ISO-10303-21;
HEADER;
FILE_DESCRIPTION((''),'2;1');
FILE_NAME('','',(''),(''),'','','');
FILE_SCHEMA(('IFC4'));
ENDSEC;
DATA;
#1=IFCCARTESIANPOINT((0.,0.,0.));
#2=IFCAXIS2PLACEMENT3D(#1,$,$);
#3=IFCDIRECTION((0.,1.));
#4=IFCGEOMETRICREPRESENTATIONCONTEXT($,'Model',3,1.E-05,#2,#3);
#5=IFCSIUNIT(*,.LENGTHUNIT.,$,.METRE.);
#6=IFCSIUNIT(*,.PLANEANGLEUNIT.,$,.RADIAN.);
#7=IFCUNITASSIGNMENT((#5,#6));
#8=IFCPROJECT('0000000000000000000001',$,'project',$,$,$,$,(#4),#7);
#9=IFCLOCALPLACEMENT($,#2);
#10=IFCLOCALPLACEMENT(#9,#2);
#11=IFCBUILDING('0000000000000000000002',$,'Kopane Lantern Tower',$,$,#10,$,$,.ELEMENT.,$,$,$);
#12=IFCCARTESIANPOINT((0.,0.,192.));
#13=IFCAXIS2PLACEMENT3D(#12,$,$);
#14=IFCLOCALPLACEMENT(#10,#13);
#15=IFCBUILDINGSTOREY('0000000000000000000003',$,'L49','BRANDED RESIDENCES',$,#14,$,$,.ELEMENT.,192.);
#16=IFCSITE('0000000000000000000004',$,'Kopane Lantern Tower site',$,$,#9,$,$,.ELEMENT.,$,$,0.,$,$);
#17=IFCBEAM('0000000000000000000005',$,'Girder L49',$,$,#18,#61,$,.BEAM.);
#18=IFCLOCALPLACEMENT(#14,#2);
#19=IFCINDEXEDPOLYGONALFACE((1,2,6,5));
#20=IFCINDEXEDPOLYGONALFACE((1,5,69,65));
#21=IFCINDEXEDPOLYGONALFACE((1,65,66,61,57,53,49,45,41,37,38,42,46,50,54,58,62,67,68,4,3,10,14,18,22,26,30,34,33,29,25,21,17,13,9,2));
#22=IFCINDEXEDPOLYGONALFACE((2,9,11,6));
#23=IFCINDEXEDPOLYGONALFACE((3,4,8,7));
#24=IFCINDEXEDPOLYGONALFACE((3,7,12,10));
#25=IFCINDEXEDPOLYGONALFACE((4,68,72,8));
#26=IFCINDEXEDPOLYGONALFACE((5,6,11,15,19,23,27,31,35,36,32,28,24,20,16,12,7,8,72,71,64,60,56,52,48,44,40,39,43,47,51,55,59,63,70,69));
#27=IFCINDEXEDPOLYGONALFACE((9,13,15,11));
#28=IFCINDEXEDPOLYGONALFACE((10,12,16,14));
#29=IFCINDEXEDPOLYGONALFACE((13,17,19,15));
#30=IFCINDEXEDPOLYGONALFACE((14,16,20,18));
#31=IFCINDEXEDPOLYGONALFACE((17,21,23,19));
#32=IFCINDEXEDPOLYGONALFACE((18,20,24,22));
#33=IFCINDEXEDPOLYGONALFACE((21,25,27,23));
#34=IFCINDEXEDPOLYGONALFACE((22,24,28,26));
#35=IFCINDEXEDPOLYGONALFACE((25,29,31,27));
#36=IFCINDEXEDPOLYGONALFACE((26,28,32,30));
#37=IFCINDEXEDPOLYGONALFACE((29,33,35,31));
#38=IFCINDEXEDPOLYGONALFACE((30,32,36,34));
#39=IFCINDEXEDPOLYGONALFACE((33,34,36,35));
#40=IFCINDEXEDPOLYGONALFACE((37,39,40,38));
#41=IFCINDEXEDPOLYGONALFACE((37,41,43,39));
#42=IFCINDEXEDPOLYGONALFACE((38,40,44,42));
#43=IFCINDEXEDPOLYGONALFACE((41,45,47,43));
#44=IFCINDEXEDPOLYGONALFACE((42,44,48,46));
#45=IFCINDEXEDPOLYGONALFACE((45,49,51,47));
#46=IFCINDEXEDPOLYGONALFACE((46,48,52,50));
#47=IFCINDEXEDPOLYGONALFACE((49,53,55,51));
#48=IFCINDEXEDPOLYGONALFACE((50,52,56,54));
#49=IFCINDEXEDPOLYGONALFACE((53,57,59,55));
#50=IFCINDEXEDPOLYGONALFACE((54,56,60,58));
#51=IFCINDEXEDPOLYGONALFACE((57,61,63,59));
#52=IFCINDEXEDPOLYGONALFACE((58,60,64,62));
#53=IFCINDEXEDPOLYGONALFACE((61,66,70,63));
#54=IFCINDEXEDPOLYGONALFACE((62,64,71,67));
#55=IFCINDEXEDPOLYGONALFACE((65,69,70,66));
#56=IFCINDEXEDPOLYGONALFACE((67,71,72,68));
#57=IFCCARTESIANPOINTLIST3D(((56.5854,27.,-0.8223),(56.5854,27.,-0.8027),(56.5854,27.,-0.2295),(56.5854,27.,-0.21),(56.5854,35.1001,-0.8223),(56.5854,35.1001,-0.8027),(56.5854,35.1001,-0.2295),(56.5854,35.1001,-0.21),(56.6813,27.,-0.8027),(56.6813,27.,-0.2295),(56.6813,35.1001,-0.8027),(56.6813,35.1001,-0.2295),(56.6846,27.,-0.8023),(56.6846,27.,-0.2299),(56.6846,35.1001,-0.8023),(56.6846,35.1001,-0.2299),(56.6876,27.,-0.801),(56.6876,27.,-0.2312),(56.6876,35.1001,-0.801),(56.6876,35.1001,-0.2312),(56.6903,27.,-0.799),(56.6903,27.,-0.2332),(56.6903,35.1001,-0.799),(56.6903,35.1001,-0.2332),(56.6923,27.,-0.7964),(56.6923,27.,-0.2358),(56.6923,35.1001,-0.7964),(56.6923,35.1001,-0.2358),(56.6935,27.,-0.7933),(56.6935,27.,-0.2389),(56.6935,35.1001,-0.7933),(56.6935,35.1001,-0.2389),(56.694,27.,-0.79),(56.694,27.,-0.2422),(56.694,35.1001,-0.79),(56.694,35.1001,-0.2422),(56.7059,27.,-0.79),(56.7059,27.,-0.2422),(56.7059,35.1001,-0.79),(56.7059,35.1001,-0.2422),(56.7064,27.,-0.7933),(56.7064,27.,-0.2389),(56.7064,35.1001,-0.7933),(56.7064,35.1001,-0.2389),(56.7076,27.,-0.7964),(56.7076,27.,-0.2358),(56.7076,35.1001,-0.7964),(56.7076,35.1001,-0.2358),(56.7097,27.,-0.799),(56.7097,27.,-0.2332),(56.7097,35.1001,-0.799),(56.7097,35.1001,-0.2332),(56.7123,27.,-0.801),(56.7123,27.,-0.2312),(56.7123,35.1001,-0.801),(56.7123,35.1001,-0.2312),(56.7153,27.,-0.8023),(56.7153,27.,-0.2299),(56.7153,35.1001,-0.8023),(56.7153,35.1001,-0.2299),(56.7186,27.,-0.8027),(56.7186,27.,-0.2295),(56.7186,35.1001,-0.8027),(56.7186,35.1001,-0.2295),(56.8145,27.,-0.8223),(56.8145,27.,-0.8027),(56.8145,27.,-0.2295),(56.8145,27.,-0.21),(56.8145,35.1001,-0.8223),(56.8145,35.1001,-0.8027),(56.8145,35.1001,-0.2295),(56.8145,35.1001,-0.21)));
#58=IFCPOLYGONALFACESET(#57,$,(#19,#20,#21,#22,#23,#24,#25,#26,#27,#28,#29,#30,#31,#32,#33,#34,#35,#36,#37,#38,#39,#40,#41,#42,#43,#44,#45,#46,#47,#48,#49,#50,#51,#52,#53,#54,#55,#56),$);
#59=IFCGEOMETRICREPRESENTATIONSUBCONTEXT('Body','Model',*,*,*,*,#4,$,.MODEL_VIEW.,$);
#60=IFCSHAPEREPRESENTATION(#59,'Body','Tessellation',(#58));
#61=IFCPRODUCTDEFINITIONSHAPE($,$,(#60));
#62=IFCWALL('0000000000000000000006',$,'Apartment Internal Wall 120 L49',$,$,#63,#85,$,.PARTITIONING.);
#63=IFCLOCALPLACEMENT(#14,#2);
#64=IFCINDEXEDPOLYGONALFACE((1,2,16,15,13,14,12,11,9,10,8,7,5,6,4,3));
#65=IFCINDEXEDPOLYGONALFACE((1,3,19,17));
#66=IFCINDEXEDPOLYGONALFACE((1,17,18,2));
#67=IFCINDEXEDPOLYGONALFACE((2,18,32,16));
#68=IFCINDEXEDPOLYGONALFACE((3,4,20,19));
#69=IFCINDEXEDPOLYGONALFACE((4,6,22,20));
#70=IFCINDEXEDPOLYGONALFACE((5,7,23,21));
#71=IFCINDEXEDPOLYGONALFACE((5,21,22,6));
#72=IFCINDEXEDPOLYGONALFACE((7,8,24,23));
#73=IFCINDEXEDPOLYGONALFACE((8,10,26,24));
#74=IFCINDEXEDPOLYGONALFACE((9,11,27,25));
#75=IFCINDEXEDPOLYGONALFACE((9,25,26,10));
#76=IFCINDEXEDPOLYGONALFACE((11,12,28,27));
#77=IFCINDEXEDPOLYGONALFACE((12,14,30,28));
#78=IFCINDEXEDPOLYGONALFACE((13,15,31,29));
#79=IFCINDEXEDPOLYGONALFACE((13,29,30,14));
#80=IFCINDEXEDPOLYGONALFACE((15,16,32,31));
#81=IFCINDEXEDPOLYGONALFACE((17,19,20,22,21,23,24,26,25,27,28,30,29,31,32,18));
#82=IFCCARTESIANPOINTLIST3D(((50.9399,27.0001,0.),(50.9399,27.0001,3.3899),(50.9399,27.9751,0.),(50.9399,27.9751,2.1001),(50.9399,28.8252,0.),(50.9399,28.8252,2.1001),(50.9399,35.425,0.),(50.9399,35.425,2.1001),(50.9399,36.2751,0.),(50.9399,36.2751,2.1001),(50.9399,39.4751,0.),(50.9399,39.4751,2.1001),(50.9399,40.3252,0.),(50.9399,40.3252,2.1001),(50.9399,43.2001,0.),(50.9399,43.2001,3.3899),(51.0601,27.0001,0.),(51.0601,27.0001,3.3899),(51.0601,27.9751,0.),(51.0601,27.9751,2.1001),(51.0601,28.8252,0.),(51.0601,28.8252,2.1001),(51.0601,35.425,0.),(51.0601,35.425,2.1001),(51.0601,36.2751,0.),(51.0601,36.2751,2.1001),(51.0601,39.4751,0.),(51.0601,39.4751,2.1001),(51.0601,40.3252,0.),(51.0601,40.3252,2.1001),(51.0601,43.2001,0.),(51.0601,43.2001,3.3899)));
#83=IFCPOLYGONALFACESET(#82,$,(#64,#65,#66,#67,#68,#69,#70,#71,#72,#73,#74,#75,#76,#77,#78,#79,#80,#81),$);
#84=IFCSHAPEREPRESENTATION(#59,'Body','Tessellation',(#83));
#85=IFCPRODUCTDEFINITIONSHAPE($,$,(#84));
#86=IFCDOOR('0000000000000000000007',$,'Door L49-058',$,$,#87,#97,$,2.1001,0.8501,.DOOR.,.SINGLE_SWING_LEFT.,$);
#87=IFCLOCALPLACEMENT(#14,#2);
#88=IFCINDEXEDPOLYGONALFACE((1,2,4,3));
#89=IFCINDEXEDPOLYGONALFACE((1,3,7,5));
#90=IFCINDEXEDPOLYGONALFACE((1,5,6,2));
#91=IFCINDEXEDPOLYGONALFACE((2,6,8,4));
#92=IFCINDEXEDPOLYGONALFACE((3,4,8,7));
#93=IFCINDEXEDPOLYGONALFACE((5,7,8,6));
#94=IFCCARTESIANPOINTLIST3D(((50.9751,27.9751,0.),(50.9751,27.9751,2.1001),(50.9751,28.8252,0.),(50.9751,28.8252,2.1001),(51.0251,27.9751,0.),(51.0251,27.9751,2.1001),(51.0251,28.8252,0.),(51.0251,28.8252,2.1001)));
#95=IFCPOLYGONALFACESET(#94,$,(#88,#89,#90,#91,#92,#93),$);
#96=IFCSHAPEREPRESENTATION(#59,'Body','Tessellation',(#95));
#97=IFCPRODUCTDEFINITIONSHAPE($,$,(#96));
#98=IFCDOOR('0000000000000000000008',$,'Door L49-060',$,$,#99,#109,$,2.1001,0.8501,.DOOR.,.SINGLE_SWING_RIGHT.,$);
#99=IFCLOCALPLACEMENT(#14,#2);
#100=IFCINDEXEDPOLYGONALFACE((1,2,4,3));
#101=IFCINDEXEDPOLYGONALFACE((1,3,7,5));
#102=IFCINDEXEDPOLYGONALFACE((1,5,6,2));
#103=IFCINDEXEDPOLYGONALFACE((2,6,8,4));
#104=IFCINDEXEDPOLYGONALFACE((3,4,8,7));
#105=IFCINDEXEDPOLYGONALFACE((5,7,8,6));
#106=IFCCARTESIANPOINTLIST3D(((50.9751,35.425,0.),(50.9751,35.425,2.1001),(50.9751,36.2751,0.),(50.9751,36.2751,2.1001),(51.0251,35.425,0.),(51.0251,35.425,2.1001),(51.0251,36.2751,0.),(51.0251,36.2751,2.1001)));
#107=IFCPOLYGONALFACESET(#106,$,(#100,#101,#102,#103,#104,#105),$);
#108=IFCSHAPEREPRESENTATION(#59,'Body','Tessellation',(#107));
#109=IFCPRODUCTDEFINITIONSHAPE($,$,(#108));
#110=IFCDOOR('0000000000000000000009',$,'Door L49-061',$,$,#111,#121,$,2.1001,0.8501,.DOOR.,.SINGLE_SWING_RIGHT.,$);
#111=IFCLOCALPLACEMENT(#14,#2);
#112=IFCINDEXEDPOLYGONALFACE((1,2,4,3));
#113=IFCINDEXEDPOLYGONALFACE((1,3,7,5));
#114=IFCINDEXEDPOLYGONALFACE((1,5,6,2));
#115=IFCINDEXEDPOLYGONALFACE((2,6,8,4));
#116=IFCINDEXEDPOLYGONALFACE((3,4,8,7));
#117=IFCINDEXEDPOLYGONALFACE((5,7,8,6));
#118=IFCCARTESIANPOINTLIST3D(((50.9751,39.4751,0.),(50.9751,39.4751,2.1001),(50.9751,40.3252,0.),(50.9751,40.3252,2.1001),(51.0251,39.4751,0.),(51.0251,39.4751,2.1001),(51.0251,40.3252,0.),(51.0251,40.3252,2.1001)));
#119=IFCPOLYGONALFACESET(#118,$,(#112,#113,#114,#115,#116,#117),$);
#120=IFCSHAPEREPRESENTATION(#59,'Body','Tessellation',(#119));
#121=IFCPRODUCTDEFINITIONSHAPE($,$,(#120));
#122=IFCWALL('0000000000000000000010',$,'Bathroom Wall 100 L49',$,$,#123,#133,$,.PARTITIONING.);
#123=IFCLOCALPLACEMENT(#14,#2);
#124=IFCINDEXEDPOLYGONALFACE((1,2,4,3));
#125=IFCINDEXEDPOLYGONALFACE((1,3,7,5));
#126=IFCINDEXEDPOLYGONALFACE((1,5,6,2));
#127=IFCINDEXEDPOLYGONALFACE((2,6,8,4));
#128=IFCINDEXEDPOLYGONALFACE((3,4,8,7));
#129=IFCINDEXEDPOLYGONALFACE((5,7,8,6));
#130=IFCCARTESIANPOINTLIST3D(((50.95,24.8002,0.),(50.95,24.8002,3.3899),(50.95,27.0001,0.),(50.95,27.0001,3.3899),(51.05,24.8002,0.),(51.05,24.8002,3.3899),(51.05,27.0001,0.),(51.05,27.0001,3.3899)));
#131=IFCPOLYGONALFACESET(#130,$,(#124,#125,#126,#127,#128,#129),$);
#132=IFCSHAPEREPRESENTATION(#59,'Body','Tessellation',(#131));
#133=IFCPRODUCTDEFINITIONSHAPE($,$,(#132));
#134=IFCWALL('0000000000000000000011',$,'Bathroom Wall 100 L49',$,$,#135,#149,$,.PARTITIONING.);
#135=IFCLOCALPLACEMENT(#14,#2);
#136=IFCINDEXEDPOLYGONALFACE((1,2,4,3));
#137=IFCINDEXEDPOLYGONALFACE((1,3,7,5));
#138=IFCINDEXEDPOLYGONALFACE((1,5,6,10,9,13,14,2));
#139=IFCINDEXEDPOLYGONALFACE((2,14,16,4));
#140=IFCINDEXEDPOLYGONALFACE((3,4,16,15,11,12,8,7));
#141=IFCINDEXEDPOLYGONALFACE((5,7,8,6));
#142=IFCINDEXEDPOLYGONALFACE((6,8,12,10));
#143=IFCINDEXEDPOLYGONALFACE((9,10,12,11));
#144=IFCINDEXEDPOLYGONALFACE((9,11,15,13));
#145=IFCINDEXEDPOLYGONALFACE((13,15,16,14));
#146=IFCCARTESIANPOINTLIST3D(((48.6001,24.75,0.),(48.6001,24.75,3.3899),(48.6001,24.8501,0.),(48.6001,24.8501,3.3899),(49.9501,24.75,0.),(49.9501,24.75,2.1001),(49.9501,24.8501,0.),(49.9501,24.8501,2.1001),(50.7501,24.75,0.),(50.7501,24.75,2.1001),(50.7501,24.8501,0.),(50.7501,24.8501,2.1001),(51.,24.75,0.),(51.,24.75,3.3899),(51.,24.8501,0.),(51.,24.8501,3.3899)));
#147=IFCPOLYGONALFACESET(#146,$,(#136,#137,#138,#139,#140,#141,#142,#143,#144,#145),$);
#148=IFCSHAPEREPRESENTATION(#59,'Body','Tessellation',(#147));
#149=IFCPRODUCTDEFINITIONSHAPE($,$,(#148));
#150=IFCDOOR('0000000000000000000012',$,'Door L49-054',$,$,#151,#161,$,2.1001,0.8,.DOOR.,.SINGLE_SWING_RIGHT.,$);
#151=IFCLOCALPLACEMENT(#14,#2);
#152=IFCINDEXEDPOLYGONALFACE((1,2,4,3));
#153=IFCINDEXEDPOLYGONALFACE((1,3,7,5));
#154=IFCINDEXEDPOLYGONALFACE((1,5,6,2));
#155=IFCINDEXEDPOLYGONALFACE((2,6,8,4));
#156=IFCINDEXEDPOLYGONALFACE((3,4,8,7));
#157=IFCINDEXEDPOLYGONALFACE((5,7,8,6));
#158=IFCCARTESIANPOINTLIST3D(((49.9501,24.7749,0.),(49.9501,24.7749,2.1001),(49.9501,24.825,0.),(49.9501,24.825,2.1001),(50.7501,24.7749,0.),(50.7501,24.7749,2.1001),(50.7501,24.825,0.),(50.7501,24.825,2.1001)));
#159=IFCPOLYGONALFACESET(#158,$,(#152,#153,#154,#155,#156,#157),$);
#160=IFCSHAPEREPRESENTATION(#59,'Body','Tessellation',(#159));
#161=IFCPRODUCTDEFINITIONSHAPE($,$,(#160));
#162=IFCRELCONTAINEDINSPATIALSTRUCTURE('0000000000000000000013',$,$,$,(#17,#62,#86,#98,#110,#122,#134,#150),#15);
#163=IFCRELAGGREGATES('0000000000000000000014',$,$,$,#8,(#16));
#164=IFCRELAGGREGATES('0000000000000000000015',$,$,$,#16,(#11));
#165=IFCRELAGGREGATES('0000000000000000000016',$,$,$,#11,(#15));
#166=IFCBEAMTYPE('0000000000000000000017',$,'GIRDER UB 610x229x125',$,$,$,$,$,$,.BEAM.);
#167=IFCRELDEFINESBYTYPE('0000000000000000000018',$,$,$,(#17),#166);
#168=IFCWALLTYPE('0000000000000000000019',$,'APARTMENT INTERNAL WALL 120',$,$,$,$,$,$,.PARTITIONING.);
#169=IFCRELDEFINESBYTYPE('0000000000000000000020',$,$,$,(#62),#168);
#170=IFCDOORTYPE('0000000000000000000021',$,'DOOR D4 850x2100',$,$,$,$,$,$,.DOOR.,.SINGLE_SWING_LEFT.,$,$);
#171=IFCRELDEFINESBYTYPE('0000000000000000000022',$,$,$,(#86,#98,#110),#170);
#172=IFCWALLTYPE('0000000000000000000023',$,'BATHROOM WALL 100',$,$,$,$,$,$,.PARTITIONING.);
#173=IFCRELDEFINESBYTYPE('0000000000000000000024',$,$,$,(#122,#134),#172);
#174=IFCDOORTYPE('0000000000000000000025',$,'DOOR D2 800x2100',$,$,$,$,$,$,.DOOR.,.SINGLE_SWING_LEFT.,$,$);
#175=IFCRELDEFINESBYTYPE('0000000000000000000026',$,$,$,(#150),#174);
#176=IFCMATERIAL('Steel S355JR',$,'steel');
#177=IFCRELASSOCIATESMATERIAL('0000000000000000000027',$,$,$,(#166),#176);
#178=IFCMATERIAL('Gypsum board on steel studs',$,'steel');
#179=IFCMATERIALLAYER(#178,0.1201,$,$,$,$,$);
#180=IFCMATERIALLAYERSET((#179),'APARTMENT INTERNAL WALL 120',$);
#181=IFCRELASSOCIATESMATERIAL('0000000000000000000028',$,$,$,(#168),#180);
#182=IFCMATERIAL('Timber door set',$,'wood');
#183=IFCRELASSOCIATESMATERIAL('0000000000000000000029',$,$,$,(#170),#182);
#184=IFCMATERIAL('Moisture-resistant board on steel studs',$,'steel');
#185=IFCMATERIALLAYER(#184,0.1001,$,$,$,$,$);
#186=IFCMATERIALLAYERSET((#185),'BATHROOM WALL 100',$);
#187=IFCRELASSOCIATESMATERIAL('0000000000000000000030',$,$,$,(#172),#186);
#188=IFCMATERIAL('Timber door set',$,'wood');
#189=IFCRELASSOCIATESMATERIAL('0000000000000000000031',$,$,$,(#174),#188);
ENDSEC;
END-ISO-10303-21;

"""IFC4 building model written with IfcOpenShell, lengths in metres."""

from ifc_helpers import new_model, si_unit, direction, frame, frame_2d, origin, origin_2d, place, context, subcontext, project, spatial, rectangle, i_section, extrude, material, layer, layer_set, material_profile, profile_set, type_object, element, fill, save


model = new_model("IFC4")

# Units and contexts
model_context = context("Model", 3, precision=1e-05, world=origin(), true_north=direction((0.0, 1.0)))
body_context = subcontext(model_context, "Body", "Model", "MODEL_VIEW")
ifc_project = project(units=[si_unit("LENGTHUNIT", "METRE"), si_unit("PLANEANGLEUNIT", "RADIAN")], contexts=[model_context])

# Site, building, storey
site_placement = place(None, origin())
site = spatial("IfcSite", under=ifc_project, at=site_placement, Name="Kopane Lantern Tower site", CompositionType="ELEMENT", RefElevation=0.0)
building_placement = place(site_placement, origin())
building = spatial("IfcBuilding", under=site, at=building_placement, Name="Kopane Lantern Tower", CompositionType="ELEMENT")
storey_placement = place(building_placement, frame((0.0, 0.0, 192.0)))
storey = spatial("IfcBuildingStorey", under=building, at=storey_placement, Name="L49", Description="BRANDED RESIDENCES", CompositionType="ELEMENT", Elevation=192.0)

# Beam
ifc_material_1 = material(Name="Steel S355JR", Category="steel")
ifc_material_profile_1 = material_profile(ifc_material_1, i_section(OverallWidth=0.229, OverallDepth=0.6123, WebThickness=0.012, FlangeThickness=0.0195, FilletRadius=0.0127, at=origin_2d()), Name="UB 610x229x125")
ifc_profile_set_1 = profile_set([ifc_material_profile_1], Name="Steel S355JR")
beam_type = type_object("IfcBeamType", Name="GIRDER UB 610x229x125", PredefinedType="BEAM", material=ifc_profile_set_1)
beam_1_placement = place(storey_placement, frame((56.7, 27.0, -0.5161), z_axis=(0.0, 1.0, 0.0), x_axis=(-1.0, 0.0, 0.0)))
element("IfcBeam", 1, at=beam_1_placement, inside=storey, type_object=beam_type, Name="Girder L49", PredefinedType="BEAM", context=body_context, shape_type="SweptSolid", body=[
    extrude(i_section(OverallWidth=0.229, OverallDepth=0.6123, WebThickness=0.012, FlangeThickness=0.0195, FilletRadius=0.0127, at=origin_2d()), origin(), (0.0, 0.0, 1.0), 8.1001),
])

# Wall, openings, doors
ifc_material_2 = material(Name="Gypsum board on steel studs", Category="steel")
ifc_layer_1 = layer(ifc_material_2, 0.1201)
ifc_layer_set_1 = layer_set([ifc_layer_1], Name="APARTMENT INTERNAL WALL 120")
wall_type_1 = type_object("IfcWallType", Name="APARTMENT INTERNAL WALL 120", PredefinedType="PARTITIONING", material=ifc_layer_set_1)
wall_1_placement = place(storey_placement, frame((51.0, 27.0, 0.0), z_axis=(0.0, 0.0, 1.0), x_axis=(0.0, 1.0, 0.0)))
wall_1 = element("IfcWall", 2, at=wall_1_placement, inside=storey, type_object=wall_type_1, Name="Apartment Internal Wall 120 L49", PredefinedType="PARTITIONING", context=body_context, shape_type="SweptSolid", body=[
    extrude(rectangle(XDim=16.2, YDim=0.1201, at=frame_2d((8.1001, 0.0))), origin(), (0.0, 0.0, 1.0), 3.3899),
])
opening_1_placement = place(wall_1_placement, frame((0.9751, 0.0, 0.0)))
opening_1 = element("IfcOpeningElement", 3, at=opening_1_placement, cuts=wall_1, PredefinedType="OPENING", context=body_context, shape_type="SweptSolid", body=[
    extrude(rectangle(XDim=0.8501, YDim=2.1001, at=frame_2d((0.425, 1.05))), frame((0.0, 0.0701, 0.0), z_axis=(0.0, -1.0, 0.0), x_axis=(1.0, 0.0, 0.0)), (0.0, 0.0, 1.0), 0.1401),
])
opening_2_placement = place(wall_1_placement, frame((8.425, 0.0, 0.0)))
opening_2 = element("IfcOpeningElement", 4, at=opening_2_placement, cuts=wall_1, PredefinedType="OPENING", context=body_context, shape_type="SweptSolid", body=[
    extrude(rectangle(XDim=0.8501, YDim=2.1001, at=frame_2d((0.425, 1.05))), frame((0.0, 0.0701, 0.0), z_axis=(0.0, -1.0, 0.0), x_axis=(1.0, 0.0, 0.0)), (0.0, 0.0, 1.0), 0.1401),
])
opening_3_placement = place(wall_1_placement, frame((12.4751, 0.0, 0.0)))
opening_3 = element("IfcOpeningElement", 5, at=opening_3_placement, cuts=wall_1, PredefinedType="OPENING", context=body_context, shape_type="SweptSolid", body=[
    extrude(rectangle(XDim=0.8501, YDim=2.1001, at=frame_2d((0.425, 1.05))), frame((0.0, 0.0701, 0.0), z_axis=(0.0, -1.0, 0.0), x_axis=(1.0, 0.0, 0.0)), (0.0, 0.0, 1.0), 0.1401),
])
ifc_material_3 = material(Name="Timber door set", Category="wood")
door_type_1 = type_object("IfcDoorType", Name="DOOR D4 850x2100", OperationType="SINGLE_SWING_LEFT", PredefinedType="DOOR", material=ifc_material_3)
door_1_placement = place(opening_1_placement, origin())
door_1 = element("IfcDoor", 6, at=door_1_placement, inside=storey, type_object=door_type_1, Name="Door L49-058", OperationType="SINGLE_SWING_LEFT", OverallHeight=2.1001, OverallWidth=0.8501, PredefinedType="DOOR", context=body_context, shape_type="SweptSolid", body=[
    extrude(rectangle(XDim=0.8501, YDim=2.1001, at=frame_2d((0.425, 1.05))), frame((0.0, 0.0249, 0.0), z_axis=(0.0, -1.0, 0.0), x_axis=(1.0, 0.0, 0.0)), (0.0, 0.0, 1.0), 0.05),
])
fill(opening_1, door_1)
door_2_placement = place(opening_2_placement, origin())
door_2 = element("IfcDoor", 7, at=door_2_placement, inside=storey, type_object=door_type_1, Name="Door L49-060", OperationType="SINGLE_SWING_RIGHT", OverallHeight=2.1001, OverallWidth=0.8501, PredefinedType="DOOR", context=body_context, shape_type="SweptSolid", body=[
    extrude(rectangle(XDim=0.8501, YDim=2.1001, at=frame_2d((0.425, 1.05))), frame((0.0, 0.0249, 0.0), z_axis=(0.0, -1.0, 0.0), x_axis=(1.0, 0.0, 0.0)), (0.0, 0.0, 1.0), 0.05),
])
fill(opening_2, door_2)
door_3_placement = place(opening_3_placement, origin())
door_3 = element("IfcDoor", 8, at=door_3_placement, inside=storey, type_object=door_type_1, Name="Door L49-061", OperationType="SINGLE_SWING_RIGHT", OverallHeight=2.1001, OverallWidth=0.8501, PredefinedType="DOOR", context=body_context, shape_type="SweptSolid", body=[
    extrude(rectangle(XDim=0.8501, YDim=2.1001, at=frame_2d((0.425, 1.05))), frame((0.0, 0.0249, 0.0), z_axis=(0.0, -1.0, 0.0), x_axis=(1.0, 0.0, 0.0)), (0.0, 0.0, 1.0), 0.05),
])
fill(opening_3, door_3)

# Wall
ifc_material_4 = material(Name="Moisture-resistant board on steel studs", Category="steel")
ifc_layer_2 = layer(ifc_material_4, 0.1001)
ifc_layer_set_2 = layer_set([ifc_layer_2], Name="BATHROOM WALL 100")
wall_type_2 = type_object("IfcWallType", Name="BATHROOM WALL 100", PredefinedType="PARTITIONING", material=ifc_layer_set_2)
wall_2_placement = place(storey_placement, frame((51.0, 24.8, 0.0), z_axis=(0.0, 0.0, 1.0), x_axis=(0.0, 1.0, 0.0)))
element("IfcWall", 9, at=wall_2_placement, inside=storey, type_object=wall_type_2, Name="Bathroom Wall 100 L49", PredefinedType="PARTITIONING", context=body_context, shape_type="SweptSolid", body=[
    extrude(rectangle(XDim=2.2, YDim=0.1001, at=frame_2d((1.1001, 0.0))), origin(), (0.0, 0.0, 1.0), 3.3899),
])

# Wall, opening, door
wall_3_placement = place(storey_placement, frame((48.6001, 24.8, 0.0), z_axis=(0.0, 0.0, 1.0), x_axis=(1.0, 0.0, 0.0)))
wall_3 = element("IfcWall", 10, at=wall_3_placement, inside=storey, type_object=wall_type_2, Name="Bathroom Wall 100 L49", PredefinedType="PARTITIONING", context=body_context, shape_type="SweptSolid", body=[
    extrude(rectangle(XDim=2.3999, YDim=0.1001, at=frame_2d((1.2, 0.0))), origin(), (0.0, 0.0, 1.0), 3.3899),
])
opening_4_placement = place(wall_3_placement, frame((1.3501, 0.0, 0.0)))
opening_4 = element("IfcOpeningElement", 11, at=opening_4_placement, cuts=wall_3, PredefinedType="OPENING", context=body_context, shape_type="SweptSolid", body=[
    extrude(rectangle(XDim=0.8, YDim=2.1001, at=frame_2d((0.3999, 1.05))), frame((0.0, 0.0601, 0.0), z_axis=(0.0, -1.0, 0.0), x_axis=(1.0, 0.0, 0.0)), (0.0, 0.0, 1.0), 0.1201),
])
ifc_material_5 = material(Name="Timber door set", Category="wood")
door_type_2 = type_object("IfcDoorType", Name="DOOR D2 800x2100", OperationType="SINGLE_SWING_LEFT", PredefinedType="DOOR", material=ifc_material_5)
door_4_placement = place(opening_4_placement, origin())
door_4 = element("IfcDoor", 12, at=door_4_placement, inside=storey, type_object=door_type_2, Name="Door L49-054", OperationType="SINGLE_SWING_RIGHT", OverallHeight=2.1001, OverallWidth=0.8, PredefinedType="DOOR", context=body_context, shape_type="SweptSolid", body=[
    extrude(rectangle(XDim=0.8, YDim=2.1001, at=frame_2d((0.3999, 1.05))), frame((0.0, 0.0249, 0.0), z_axis=(0.0, -1.0, 0.0), x_axis=(1.0, 0.0, 0.0)), (0.0, 0.0, 1.0), 0.05),
])
fill(opening_4, door_4)

save(model, "model.ifc")
